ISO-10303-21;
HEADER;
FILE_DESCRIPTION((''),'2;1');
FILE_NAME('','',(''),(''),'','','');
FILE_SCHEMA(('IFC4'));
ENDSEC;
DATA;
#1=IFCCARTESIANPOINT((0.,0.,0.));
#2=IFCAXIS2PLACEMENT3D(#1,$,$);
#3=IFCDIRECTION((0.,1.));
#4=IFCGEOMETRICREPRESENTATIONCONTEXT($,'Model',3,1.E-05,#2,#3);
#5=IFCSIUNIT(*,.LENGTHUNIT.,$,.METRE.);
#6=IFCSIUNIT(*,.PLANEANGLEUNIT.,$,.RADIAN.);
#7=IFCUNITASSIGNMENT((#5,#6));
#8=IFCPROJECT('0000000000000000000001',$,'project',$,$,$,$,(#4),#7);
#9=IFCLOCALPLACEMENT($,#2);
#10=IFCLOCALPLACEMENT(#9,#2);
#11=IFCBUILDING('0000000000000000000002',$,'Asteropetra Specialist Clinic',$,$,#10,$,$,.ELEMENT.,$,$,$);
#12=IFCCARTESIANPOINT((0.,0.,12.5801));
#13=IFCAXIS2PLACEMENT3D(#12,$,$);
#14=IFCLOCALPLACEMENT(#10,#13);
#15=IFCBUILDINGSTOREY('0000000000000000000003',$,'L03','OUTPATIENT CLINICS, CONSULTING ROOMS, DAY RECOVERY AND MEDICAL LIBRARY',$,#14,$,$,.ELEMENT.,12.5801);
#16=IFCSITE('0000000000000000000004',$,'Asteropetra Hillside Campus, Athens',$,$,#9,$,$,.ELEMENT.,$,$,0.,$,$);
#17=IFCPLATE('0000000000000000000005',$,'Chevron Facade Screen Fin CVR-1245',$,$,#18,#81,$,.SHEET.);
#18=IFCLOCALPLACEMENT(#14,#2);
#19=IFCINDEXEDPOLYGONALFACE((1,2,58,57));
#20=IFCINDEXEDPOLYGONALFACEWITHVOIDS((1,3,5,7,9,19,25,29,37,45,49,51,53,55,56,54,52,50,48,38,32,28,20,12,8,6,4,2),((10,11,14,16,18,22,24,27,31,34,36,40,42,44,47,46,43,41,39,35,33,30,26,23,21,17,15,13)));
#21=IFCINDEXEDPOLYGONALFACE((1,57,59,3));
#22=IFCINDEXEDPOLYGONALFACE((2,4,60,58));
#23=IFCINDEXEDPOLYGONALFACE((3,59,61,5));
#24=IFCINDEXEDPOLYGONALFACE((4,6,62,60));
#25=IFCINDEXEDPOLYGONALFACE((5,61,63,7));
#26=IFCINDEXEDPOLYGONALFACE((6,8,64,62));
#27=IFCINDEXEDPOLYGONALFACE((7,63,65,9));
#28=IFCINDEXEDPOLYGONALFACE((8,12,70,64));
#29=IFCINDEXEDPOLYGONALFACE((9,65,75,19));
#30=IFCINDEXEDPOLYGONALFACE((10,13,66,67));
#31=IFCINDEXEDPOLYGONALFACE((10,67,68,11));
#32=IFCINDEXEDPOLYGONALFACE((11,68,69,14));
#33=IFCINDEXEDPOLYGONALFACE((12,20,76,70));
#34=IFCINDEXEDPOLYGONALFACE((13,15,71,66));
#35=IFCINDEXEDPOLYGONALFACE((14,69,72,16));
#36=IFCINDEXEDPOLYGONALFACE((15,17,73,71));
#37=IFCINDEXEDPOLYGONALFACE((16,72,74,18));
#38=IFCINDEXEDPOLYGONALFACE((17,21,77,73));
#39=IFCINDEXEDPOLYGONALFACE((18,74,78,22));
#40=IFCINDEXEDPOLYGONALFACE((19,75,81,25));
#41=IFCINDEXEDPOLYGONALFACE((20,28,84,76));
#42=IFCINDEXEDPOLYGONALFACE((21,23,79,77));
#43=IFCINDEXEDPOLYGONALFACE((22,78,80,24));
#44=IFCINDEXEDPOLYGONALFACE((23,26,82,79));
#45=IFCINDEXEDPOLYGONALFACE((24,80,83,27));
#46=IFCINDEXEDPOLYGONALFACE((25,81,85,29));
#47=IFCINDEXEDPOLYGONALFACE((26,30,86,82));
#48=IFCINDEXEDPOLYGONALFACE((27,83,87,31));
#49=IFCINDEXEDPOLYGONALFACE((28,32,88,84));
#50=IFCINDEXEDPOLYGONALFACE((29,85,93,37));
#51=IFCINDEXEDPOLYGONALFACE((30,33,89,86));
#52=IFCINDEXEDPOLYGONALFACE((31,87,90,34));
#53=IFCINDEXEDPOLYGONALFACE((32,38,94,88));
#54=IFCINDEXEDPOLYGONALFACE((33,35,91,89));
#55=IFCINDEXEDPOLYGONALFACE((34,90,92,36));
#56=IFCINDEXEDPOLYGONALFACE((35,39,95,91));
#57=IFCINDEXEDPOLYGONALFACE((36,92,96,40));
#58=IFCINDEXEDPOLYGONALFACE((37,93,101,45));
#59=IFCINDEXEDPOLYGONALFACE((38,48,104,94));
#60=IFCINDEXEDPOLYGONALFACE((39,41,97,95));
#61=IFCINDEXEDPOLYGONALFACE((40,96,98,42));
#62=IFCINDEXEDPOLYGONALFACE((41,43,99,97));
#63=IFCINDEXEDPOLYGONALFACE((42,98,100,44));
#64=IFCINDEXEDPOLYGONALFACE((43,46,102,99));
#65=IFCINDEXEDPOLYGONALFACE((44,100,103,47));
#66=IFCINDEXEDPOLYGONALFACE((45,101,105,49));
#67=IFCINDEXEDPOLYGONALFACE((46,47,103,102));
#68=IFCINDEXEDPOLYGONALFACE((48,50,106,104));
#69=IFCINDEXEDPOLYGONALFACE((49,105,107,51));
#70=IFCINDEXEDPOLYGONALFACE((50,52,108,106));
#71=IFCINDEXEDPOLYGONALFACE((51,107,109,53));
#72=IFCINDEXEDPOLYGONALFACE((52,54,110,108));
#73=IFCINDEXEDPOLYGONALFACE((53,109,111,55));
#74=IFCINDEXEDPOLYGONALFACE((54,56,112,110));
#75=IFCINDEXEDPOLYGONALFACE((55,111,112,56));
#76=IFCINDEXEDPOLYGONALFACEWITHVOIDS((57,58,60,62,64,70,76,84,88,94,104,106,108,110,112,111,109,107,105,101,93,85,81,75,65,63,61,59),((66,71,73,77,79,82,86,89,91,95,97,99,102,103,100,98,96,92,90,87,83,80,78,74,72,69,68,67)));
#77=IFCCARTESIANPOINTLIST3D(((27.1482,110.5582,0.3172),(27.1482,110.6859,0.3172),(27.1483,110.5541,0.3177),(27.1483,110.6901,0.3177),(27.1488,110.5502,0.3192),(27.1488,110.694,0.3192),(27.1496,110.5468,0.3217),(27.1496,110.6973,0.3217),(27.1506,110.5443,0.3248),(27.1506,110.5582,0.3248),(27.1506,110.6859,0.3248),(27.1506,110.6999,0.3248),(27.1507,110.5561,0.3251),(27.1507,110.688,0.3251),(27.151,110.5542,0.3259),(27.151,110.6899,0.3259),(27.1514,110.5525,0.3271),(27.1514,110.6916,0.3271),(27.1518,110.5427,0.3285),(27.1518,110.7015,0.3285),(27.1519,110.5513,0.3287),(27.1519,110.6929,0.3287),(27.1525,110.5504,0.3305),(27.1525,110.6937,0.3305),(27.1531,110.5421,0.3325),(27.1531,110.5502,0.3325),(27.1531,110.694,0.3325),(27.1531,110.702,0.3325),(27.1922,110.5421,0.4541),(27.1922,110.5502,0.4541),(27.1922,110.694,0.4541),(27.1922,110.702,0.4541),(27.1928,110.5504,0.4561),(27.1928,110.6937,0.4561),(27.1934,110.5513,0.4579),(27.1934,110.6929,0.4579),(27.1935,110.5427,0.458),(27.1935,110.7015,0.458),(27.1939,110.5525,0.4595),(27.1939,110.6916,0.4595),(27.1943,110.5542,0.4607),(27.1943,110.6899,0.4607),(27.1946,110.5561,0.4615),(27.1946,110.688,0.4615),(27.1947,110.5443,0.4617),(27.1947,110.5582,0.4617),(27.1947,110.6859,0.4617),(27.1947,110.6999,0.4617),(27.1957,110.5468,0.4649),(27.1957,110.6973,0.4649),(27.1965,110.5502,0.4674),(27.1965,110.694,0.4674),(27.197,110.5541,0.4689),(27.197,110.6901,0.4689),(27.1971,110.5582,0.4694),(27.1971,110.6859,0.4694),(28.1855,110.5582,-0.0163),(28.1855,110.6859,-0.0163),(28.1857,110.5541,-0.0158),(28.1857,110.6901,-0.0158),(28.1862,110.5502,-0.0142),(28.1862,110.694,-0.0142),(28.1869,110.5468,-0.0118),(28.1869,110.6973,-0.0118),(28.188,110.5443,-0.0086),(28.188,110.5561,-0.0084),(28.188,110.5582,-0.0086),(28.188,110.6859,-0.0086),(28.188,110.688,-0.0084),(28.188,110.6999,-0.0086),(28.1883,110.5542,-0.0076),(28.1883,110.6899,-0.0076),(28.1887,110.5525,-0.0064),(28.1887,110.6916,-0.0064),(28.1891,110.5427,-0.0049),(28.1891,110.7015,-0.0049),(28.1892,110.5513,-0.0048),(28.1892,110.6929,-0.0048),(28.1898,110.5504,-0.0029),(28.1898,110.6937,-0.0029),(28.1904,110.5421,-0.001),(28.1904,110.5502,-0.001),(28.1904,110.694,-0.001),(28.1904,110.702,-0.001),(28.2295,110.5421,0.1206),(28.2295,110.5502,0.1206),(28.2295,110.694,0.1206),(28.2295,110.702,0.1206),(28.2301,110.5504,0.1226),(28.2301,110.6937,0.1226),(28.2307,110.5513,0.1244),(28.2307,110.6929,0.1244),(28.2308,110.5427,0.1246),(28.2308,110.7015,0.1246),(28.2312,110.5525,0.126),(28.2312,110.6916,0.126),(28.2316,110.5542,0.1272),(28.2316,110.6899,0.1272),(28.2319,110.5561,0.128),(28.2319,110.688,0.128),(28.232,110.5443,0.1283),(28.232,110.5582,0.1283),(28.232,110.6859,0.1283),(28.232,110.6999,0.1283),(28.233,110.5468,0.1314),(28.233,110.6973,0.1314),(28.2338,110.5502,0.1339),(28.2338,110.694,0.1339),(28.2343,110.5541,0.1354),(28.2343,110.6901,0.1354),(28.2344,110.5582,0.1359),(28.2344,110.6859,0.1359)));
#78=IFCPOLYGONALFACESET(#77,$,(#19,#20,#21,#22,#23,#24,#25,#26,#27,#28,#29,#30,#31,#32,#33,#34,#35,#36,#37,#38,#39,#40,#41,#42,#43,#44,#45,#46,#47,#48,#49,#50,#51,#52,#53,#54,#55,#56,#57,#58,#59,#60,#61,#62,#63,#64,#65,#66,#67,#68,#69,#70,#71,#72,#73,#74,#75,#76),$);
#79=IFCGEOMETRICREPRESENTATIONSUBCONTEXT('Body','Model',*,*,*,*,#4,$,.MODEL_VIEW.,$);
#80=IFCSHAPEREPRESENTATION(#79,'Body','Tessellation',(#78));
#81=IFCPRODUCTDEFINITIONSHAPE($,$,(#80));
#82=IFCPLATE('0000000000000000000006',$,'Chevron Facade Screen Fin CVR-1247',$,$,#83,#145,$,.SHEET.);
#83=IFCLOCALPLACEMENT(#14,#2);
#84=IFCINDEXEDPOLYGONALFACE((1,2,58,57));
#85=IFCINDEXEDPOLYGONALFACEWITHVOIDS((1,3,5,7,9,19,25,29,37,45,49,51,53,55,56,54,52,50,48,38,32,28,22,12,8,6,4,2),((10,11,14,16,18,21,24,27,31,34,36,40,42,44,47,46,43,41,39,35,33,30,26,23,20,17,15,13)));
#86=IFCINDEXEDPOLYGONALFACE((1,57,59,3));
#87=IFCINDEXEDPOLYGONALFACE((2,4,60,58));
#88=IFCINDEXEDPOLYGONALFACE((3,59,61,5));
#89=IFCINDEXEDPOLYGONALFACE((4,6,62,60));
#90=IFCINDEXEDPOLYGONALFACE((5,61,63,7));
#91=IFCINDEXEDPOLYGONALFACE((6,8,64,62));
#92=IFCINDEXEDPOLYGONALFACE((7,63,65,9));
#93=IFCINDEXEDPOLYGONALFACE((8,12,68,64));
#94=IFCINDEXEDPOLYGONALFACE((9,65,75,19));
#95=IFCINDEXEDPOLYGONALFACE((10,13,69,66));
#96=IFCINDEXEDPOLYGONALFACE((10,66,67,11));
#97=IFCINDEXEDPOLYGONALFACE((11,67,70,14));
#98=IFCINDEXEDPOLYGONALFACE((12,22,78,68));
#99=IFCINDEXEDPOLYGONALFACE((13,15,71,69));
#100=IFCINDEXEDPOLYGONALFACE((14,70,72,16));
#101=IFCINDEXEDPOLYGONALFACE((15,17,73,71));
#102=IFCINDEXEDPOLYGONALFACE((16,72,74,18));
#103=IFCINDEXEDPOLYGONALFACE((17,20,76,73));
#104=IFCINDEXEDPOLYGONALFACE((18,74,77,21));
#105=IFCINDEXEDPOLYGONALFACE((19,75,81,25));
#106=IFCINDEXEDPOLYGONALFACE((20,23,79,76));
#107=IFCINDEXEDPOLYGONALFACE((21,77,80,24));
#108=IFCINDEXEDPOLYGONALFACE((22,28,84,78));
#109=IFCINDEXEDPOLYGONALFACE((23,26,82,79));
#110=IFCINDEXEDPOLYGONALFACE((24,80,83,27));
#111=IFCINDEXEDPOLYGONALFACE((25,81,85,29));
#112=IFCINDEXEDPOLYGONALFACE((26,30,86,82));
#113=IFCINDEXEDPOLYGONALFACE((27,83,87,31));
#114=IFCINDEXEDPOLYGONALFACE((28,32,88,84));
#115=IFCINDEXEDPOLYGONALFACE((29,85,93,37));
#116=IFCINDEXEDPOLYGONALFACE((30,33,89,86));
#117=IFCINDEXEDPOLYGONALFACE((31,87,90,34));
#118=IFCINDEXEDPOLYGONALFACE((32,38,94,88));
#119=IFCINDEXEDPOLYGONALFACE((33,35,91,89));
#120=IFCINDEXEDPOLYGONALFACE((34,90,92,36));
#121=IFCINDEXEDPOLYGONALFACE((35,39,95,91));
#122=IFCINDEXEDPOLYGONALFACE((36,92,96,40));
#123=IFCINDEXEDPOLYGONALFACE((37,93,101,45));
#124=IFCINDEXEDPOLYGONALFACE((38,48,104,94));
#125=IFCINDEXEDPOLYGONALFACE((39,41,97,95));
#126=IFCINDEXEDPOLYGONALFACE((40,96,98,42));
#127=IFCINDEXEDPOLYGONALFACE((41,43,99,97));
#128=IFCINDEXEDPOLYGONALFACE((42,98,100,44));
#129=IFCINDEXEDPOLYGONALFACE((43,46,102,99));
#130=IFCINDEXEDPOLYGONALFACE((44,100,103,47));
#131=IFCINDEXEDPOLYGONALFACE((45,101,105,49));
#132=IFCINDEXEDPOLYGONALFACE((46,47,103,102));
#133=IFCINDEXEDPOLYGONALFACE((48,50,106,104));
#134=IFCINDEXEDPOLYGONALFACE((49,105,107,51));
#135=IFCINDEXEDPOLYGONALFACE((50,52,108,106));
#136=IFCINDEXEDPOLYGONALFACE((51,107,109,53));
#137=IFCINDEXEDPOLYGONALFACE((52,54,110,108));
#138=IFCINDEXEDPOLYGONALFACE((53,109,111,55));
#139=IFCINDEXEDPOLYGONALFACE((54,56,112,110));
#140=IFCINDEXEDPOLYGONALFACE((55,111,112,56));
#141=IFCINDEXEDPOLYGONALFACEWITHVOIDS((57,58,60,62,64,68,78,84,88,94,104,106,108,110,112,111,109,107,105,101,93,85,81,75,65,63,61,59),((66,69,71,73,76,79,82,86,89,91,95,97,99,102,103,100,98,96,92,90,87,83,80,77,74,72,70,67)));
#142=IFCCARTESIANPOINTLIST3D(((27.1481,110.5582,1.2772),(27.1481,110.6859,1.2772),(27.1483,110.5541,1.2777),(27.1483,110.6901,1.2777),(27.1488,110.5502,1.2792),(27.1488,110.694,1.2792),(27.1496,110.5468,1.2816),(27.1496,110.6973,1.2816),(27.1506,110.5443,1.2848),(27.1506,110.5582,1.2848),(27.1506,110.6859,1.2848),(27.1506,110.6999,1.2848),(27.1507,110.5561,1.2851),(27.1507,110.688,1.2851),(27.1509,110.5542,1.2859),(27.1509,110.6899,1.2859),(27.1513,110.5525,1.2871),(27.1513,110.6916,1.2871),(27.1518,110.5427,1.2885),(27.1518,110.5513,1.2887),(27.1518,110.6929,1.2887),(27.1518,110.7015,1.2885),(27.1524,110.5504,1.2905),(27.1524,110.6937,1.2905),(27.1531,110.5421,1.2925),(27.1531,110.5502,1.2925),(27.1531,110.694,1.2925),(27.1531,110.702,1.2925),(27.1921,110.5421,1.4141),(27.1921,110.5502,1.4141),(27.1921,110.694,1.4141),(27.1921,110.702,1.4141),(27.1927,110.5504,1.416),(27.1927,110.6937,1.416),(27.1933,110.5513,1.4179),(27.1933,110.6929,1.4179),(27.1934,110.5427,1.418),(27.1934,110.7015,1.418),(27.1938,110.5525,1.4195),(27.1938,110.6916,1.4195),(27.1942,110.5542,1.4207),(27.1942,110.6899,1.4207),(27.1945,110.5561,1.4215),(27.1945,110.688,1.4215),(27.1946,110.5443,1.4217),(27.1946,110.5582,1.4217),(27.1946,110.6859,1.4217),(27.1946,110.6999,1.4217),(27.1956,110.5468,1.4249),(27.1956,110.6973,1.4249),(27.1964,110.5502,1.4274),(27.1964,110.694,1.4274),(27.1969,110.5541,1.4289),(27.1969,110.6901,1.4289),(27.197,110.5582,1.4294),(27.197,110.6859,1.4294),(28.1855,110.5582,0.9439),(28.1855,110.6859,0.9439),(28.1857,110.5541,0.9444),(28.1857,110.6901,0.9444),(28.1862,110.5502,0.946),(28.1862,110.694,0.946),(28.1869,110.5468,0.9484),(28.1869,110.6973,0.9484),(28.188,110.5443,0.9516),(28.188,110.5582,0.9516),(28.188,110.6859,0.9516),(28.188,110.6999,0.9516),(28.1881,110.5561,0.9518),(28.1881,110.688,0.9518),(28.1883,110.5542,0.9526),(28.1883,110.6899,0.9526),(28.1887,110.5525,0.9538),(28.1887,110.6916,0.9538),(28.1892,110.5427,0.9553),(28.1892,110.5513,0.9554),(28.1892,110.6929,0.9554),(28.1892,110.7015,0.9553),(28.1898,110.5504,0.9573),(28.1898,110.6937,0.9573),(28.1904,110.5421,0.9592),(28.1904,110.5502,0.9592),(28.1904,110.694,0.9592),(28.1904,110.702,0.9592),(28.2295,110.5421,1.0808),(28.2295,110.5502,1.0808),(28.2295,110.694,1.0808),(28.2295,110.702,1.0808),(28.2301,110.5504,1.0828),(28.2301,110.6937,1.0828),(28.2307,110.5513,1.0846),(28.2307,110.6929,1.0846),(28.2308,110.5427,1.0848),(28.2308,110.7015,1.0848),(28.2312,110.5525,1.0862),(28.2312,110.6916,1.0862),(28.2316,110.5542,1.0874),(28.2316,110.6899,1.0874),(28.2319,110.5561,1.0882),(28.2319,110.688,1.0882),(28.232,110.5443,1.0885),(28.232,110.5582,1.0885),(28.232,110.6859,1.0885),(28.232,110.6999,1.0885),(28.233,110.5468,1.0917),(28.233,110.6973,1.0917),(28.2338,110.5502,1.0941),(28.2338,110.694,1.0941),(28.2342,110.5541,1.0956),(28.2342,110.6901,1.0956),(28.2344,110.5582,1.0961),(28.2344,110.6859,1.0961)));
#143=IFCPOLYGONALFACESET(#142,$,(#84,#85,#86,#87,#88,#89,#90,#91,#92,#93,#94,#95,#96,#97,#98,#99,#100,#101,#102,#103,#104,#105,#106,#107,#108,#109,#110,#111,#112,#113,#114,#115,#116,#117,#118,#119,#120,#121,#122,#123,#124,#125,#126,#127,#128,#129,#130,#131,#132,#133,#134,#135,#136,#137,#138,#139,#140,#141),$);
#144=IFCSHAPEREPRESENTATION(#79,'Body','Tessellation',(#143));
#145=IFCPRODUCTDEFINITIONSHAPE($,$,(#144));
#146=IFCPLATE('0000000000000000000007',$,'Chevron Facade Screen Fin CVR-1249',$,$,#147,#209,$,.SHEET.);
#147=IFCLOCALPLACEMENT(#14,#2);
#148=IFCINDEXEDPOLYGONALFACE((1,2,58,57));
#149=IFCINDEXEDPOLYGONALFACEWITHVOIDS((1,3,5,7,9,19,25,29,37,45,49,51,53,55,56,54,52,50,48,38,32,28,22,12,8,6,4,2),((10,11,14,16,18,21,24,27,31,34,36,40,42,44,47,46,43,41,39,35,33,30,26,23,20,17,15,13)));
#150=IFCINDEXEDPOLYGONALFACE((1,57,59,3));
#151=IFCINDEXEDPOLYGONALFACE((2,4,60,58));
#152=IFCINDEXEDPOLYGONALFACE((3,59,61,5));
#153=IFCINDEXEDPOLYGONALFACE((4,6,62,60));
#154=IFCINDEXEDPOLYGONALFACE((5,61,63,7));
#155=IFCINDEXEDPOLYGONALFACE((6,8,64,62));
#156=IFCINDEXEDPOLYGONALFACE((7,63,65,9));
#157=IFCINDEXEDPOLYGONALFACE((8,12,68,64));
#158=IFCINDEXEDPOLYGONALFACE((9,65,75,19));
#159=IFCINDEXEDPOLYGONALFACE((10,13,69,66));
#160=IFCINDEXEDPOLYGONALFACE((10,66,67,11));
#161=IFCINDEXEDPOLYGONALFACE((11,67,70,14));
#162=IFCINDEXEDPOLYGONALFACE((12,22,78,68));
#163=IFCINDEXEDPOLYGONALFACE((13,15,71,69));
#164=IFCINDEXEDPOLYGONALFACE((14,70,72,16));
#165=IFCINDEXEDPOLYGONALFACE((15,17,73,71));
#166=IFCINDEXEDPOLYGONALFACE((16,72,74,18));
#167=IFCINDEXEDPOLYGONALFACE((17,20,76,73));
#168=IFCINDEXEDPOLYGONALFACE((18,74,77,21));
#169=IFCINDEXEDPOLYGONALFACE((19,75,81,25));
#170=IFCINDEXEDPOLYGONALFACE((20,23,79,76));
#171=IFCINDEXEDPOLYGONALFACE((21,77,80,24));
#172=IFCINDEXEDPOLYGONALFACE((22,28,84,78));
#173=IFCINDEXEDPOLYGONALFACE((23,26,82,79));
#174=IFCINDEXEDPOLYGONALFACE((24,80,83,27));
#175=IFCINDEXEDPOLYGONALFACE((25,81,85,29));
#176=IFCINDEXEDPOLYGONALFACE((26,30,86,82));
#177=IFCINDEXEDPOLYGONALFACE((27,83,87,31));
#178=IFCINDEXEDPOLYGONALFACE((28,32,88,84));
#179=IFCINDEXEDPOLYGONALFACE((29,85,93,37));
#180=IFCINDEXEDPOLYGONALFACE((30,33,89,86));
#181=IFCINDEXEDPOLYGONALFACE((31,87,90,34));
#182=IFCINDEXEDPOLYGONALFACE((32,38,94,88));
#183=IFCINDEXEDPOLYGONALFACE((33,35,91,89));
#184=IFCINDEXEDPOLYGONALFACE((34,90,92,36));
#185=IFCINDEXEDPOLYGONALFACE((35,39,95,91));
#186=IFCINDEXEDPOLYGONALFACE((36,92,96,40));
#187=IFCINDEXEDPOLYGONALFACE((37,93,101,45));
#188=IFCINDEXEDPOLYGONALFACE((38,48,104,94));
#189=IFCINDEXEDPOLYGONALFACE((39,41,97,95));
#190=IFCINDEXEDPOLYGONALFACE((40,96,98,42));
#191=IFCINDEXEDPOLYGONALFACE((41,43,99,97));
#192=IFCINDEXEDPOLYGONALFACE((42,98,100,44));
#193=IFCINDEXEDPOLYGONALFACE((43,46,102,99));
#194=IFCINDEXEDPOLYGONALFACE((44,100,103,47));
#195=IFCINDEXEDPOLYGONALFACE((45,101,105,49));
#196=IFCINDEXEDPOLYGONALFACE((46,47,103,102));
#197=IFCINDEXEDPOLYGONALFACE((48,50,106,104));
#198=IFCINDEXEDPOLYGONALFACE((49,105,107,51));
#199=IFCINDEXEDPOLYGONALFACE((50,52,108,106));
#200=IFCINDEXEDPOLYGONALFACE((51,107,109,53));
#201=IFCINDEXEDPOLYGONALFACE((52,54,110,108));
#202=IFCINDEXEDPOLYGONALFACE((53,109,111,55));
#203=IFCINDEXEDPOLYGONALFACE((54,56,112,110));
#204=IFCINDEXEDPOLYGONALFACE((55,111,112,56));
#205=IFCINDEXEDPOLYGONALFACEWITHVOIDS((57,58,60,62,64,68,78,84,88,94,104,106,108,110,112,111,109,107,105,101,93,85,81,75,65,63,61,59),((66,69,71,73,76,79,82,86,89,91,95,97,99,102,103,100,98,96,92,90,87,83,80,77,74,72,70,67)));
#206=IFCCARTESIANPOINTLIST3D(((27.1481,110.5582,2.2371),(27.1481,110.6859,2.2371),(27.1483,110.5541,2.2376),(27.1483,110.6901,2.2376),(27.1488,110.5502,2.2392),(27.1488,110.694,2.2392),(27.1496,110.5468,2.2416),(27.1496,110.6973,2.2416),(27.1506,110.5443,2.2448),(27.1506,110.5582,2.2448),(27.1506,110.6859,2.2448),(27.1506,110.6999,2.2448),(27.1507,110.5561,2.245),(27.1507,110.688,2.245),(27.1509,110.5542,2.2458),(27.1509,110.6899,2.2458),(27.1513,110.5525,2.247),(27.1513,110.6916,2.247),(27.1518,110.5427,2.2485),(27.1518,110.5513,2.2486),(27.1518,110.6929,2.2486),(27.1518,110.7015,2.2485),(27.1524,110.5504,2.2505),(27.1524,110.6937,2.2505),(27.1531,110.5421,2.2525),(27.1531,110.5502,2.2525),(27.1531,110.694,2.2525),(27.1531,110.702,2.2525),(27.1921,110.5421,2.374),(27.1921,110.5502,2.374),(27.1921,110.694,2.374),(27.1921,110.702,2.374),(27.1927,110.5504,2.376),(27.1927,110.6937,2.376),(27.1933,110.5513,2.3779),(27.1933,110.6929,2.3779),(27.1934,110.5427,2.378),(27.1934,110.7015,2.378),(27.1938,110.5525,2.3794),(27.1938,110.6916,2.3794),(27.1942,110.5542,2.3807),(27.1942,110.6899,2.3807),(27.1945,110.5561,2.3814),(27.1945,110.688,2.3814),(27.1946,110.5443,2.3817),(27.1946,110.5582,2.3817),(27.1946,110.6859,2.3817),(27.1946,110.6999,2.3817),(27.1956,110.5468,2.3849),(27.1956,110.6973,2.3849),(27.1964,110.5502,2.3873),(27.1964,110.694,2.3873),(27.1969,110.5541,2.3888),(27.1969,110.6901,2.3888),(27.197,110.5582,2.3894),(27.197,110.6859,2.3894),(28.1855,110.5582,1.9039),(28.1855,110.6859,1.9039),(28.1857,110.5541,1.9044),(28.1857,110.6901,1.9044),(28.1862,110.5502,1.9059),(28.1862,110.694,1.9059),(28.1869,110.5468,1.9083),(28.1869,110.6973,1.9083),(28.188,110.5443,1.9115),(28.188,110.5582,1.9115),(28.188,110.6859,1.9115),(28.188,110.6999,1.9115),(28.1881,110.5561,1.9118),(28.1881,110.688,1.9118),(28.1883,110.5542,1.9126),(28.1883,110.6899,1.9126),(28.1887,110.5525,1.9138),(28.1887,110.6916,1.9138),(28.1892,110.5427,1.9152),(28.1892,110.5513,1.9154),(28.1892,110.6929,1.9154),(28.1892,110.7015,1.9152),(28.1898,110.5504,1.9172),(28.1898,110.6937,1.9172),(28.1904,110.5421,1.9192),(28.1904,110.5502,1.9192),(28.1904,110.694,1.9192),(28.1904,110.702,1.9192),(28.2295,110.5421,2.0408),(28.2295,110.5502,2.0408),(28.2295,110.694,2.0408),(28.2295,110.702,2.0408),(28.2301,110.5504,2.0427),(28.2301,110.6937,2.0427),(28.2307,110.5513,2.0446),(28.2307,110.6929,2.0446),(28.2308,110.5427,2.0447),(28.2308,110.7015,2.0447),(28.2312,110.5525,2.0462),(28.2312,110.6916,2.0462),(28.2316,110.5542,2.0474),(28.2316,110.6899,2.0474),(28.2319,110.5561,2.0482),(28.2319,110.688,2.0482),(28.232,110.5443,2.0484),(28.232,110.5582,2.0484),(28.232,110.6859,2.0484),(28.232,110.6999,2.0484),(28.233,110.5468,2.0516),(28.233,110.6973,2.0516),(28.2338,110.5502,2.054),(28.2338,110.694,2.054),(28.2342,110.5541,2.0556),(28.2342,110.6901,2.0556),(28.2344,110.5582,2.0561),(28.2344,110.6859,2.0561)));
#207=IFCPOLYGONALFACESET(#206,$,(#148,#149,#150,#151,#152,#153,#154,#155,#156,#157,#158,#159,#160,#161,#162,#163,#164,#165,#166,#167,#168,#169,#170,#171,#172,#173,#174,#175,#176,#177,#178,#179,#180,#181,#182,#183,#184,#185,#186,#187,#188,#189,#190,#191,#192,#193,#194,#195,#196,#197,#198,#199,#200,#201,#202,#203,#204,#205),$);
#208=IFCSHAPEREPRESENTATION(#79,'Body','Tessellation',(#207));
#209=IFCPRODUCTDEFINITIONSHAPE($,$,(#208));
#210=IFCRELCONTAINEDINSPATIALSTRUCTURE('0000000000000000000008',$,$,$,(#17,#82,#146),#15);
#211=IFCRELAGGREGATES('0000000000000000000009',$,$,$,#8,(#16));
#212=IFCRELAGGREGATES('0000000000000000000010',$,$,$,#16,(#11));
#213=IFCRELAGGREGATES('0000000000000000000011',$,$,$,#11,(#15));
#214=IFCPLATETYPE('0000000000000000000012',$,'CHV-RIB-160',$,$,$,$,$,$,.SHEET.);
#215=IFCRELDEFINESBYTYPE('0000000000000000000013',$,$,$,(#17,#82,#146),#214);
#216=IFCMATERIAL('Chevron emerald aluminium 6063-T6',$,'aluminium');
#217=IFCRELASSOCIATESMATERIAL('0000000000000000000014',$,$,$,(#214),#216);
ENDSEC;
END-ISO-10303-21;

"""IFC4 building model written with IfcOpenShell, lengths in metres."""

from ifc_helpers import new_model, si_unit, direction, frame, origin, origin_2d, place, context, subcontext, project, spatial, hollow_rectangle, extrude, material, material_profile, profile_set, type_object, element, save


model = new_model("IFC4")

# Units and contexts
model_context = context("Model", 3, precision=1e-05, world=origin(), true_north=direction((0.0, 1.0)))
body_context = subcontext(model_context, "Body", "Model", "MODEL_VIEW")
ifc_project = project(units=[si_unit("LENGTHUNIT", "METRE"), si_unit("PLANEANGLEUNIT", "RADIAN")], contexts=[model_context])

# Site, building, storey
site_placement = place(None, origin())
site = spatial("IfcSite", under=ifc_project, at=site_placement, Name="Asteropetra Hillside Campus, Athens", CompositionType="ELEMENT", RefElevation=0.0)
building_placement = place(site_placement, origin())
building = spatial("IfcBuilding", under=site, at=building_placement, Name="Asteropetra Specialist Clinic", CompositionType="ELEMENT")
storey_placement = place(building_placement, frame((0.0, 0.0, 12.5801)))
storey = spatial("IfcBuildingStorey", under=building, at=storey_placement, Name="L03", Description="OUTPATIENT CLINICS, CONSULTING ROOMS, DAY RECOVERY AND MEDICAL LIBRARY", CompositionType="ELEMENT", Elevation=12.5801)

# Plates
ifc_material_1 = material(Name="Chevron emerald aluminium 6063-T6", Category="aluminium")
ifc_material_profile = material_profile(ifc_material_1, hollow_rectangle(XDim=0.1599, YDim=0.1599, WallThickness=0.0081, InnerFilletRadius=0.0081, OuterFilletRadius=0.0161, at=origin_2d()), Name="SHS 160x160x8.0")
ifc_profile_set = profile_set([ifc_material_profile], Name="Chevron emerald aluminium 6063-T6")
plate_type_1 = type_object("IfcPlateType", Name="CHV-RIB-160", PredefinedType="SHEET", material=ifc_profile_set)
for number, where, z_axis, x_axis, name in (
    (1, (28.21, 110.6221, 0.0598), (-0.952012, 0.0, 0.30606), (0.0, -1.0, 0.0), "Chevron Facade Screen Fin CVR-1245"),
    (2, (28.21, 110.6221, 1.02), (-0.952078, 0.0, 0.305857), (0.0, -1.0, 0.0), "Chevron Facade Screen Fin CVR-1247"),
    (3, (28.21, 110.6221, 1.98), (-0.952078, 0.0, 0.305857), (0.0, -1.0, 0.0), "Chevron Facade Screen Fin CVR-1249"),
):
    element("IfcPlate", number, at=place(storey_placement, frame(where, z_axis=z_axis, x_axis=x_axis)), inside=storey, type_object=plate_type_1, Name=name, PredefinedType="SHEET", context=body_context, shape_type="SweptSolid", body=[
        extrude(hollow_rectangle(XDim=0.1599, YDim=0.1599, WallThickness=0.0081, InnerFilletRadius=0.0081, OuterFilletRadius=0.0161, at=origin_2d()), origin(), (0.0, 0.0, 1.0), 1.0896),
    ])

save(model, "model.ifc")
